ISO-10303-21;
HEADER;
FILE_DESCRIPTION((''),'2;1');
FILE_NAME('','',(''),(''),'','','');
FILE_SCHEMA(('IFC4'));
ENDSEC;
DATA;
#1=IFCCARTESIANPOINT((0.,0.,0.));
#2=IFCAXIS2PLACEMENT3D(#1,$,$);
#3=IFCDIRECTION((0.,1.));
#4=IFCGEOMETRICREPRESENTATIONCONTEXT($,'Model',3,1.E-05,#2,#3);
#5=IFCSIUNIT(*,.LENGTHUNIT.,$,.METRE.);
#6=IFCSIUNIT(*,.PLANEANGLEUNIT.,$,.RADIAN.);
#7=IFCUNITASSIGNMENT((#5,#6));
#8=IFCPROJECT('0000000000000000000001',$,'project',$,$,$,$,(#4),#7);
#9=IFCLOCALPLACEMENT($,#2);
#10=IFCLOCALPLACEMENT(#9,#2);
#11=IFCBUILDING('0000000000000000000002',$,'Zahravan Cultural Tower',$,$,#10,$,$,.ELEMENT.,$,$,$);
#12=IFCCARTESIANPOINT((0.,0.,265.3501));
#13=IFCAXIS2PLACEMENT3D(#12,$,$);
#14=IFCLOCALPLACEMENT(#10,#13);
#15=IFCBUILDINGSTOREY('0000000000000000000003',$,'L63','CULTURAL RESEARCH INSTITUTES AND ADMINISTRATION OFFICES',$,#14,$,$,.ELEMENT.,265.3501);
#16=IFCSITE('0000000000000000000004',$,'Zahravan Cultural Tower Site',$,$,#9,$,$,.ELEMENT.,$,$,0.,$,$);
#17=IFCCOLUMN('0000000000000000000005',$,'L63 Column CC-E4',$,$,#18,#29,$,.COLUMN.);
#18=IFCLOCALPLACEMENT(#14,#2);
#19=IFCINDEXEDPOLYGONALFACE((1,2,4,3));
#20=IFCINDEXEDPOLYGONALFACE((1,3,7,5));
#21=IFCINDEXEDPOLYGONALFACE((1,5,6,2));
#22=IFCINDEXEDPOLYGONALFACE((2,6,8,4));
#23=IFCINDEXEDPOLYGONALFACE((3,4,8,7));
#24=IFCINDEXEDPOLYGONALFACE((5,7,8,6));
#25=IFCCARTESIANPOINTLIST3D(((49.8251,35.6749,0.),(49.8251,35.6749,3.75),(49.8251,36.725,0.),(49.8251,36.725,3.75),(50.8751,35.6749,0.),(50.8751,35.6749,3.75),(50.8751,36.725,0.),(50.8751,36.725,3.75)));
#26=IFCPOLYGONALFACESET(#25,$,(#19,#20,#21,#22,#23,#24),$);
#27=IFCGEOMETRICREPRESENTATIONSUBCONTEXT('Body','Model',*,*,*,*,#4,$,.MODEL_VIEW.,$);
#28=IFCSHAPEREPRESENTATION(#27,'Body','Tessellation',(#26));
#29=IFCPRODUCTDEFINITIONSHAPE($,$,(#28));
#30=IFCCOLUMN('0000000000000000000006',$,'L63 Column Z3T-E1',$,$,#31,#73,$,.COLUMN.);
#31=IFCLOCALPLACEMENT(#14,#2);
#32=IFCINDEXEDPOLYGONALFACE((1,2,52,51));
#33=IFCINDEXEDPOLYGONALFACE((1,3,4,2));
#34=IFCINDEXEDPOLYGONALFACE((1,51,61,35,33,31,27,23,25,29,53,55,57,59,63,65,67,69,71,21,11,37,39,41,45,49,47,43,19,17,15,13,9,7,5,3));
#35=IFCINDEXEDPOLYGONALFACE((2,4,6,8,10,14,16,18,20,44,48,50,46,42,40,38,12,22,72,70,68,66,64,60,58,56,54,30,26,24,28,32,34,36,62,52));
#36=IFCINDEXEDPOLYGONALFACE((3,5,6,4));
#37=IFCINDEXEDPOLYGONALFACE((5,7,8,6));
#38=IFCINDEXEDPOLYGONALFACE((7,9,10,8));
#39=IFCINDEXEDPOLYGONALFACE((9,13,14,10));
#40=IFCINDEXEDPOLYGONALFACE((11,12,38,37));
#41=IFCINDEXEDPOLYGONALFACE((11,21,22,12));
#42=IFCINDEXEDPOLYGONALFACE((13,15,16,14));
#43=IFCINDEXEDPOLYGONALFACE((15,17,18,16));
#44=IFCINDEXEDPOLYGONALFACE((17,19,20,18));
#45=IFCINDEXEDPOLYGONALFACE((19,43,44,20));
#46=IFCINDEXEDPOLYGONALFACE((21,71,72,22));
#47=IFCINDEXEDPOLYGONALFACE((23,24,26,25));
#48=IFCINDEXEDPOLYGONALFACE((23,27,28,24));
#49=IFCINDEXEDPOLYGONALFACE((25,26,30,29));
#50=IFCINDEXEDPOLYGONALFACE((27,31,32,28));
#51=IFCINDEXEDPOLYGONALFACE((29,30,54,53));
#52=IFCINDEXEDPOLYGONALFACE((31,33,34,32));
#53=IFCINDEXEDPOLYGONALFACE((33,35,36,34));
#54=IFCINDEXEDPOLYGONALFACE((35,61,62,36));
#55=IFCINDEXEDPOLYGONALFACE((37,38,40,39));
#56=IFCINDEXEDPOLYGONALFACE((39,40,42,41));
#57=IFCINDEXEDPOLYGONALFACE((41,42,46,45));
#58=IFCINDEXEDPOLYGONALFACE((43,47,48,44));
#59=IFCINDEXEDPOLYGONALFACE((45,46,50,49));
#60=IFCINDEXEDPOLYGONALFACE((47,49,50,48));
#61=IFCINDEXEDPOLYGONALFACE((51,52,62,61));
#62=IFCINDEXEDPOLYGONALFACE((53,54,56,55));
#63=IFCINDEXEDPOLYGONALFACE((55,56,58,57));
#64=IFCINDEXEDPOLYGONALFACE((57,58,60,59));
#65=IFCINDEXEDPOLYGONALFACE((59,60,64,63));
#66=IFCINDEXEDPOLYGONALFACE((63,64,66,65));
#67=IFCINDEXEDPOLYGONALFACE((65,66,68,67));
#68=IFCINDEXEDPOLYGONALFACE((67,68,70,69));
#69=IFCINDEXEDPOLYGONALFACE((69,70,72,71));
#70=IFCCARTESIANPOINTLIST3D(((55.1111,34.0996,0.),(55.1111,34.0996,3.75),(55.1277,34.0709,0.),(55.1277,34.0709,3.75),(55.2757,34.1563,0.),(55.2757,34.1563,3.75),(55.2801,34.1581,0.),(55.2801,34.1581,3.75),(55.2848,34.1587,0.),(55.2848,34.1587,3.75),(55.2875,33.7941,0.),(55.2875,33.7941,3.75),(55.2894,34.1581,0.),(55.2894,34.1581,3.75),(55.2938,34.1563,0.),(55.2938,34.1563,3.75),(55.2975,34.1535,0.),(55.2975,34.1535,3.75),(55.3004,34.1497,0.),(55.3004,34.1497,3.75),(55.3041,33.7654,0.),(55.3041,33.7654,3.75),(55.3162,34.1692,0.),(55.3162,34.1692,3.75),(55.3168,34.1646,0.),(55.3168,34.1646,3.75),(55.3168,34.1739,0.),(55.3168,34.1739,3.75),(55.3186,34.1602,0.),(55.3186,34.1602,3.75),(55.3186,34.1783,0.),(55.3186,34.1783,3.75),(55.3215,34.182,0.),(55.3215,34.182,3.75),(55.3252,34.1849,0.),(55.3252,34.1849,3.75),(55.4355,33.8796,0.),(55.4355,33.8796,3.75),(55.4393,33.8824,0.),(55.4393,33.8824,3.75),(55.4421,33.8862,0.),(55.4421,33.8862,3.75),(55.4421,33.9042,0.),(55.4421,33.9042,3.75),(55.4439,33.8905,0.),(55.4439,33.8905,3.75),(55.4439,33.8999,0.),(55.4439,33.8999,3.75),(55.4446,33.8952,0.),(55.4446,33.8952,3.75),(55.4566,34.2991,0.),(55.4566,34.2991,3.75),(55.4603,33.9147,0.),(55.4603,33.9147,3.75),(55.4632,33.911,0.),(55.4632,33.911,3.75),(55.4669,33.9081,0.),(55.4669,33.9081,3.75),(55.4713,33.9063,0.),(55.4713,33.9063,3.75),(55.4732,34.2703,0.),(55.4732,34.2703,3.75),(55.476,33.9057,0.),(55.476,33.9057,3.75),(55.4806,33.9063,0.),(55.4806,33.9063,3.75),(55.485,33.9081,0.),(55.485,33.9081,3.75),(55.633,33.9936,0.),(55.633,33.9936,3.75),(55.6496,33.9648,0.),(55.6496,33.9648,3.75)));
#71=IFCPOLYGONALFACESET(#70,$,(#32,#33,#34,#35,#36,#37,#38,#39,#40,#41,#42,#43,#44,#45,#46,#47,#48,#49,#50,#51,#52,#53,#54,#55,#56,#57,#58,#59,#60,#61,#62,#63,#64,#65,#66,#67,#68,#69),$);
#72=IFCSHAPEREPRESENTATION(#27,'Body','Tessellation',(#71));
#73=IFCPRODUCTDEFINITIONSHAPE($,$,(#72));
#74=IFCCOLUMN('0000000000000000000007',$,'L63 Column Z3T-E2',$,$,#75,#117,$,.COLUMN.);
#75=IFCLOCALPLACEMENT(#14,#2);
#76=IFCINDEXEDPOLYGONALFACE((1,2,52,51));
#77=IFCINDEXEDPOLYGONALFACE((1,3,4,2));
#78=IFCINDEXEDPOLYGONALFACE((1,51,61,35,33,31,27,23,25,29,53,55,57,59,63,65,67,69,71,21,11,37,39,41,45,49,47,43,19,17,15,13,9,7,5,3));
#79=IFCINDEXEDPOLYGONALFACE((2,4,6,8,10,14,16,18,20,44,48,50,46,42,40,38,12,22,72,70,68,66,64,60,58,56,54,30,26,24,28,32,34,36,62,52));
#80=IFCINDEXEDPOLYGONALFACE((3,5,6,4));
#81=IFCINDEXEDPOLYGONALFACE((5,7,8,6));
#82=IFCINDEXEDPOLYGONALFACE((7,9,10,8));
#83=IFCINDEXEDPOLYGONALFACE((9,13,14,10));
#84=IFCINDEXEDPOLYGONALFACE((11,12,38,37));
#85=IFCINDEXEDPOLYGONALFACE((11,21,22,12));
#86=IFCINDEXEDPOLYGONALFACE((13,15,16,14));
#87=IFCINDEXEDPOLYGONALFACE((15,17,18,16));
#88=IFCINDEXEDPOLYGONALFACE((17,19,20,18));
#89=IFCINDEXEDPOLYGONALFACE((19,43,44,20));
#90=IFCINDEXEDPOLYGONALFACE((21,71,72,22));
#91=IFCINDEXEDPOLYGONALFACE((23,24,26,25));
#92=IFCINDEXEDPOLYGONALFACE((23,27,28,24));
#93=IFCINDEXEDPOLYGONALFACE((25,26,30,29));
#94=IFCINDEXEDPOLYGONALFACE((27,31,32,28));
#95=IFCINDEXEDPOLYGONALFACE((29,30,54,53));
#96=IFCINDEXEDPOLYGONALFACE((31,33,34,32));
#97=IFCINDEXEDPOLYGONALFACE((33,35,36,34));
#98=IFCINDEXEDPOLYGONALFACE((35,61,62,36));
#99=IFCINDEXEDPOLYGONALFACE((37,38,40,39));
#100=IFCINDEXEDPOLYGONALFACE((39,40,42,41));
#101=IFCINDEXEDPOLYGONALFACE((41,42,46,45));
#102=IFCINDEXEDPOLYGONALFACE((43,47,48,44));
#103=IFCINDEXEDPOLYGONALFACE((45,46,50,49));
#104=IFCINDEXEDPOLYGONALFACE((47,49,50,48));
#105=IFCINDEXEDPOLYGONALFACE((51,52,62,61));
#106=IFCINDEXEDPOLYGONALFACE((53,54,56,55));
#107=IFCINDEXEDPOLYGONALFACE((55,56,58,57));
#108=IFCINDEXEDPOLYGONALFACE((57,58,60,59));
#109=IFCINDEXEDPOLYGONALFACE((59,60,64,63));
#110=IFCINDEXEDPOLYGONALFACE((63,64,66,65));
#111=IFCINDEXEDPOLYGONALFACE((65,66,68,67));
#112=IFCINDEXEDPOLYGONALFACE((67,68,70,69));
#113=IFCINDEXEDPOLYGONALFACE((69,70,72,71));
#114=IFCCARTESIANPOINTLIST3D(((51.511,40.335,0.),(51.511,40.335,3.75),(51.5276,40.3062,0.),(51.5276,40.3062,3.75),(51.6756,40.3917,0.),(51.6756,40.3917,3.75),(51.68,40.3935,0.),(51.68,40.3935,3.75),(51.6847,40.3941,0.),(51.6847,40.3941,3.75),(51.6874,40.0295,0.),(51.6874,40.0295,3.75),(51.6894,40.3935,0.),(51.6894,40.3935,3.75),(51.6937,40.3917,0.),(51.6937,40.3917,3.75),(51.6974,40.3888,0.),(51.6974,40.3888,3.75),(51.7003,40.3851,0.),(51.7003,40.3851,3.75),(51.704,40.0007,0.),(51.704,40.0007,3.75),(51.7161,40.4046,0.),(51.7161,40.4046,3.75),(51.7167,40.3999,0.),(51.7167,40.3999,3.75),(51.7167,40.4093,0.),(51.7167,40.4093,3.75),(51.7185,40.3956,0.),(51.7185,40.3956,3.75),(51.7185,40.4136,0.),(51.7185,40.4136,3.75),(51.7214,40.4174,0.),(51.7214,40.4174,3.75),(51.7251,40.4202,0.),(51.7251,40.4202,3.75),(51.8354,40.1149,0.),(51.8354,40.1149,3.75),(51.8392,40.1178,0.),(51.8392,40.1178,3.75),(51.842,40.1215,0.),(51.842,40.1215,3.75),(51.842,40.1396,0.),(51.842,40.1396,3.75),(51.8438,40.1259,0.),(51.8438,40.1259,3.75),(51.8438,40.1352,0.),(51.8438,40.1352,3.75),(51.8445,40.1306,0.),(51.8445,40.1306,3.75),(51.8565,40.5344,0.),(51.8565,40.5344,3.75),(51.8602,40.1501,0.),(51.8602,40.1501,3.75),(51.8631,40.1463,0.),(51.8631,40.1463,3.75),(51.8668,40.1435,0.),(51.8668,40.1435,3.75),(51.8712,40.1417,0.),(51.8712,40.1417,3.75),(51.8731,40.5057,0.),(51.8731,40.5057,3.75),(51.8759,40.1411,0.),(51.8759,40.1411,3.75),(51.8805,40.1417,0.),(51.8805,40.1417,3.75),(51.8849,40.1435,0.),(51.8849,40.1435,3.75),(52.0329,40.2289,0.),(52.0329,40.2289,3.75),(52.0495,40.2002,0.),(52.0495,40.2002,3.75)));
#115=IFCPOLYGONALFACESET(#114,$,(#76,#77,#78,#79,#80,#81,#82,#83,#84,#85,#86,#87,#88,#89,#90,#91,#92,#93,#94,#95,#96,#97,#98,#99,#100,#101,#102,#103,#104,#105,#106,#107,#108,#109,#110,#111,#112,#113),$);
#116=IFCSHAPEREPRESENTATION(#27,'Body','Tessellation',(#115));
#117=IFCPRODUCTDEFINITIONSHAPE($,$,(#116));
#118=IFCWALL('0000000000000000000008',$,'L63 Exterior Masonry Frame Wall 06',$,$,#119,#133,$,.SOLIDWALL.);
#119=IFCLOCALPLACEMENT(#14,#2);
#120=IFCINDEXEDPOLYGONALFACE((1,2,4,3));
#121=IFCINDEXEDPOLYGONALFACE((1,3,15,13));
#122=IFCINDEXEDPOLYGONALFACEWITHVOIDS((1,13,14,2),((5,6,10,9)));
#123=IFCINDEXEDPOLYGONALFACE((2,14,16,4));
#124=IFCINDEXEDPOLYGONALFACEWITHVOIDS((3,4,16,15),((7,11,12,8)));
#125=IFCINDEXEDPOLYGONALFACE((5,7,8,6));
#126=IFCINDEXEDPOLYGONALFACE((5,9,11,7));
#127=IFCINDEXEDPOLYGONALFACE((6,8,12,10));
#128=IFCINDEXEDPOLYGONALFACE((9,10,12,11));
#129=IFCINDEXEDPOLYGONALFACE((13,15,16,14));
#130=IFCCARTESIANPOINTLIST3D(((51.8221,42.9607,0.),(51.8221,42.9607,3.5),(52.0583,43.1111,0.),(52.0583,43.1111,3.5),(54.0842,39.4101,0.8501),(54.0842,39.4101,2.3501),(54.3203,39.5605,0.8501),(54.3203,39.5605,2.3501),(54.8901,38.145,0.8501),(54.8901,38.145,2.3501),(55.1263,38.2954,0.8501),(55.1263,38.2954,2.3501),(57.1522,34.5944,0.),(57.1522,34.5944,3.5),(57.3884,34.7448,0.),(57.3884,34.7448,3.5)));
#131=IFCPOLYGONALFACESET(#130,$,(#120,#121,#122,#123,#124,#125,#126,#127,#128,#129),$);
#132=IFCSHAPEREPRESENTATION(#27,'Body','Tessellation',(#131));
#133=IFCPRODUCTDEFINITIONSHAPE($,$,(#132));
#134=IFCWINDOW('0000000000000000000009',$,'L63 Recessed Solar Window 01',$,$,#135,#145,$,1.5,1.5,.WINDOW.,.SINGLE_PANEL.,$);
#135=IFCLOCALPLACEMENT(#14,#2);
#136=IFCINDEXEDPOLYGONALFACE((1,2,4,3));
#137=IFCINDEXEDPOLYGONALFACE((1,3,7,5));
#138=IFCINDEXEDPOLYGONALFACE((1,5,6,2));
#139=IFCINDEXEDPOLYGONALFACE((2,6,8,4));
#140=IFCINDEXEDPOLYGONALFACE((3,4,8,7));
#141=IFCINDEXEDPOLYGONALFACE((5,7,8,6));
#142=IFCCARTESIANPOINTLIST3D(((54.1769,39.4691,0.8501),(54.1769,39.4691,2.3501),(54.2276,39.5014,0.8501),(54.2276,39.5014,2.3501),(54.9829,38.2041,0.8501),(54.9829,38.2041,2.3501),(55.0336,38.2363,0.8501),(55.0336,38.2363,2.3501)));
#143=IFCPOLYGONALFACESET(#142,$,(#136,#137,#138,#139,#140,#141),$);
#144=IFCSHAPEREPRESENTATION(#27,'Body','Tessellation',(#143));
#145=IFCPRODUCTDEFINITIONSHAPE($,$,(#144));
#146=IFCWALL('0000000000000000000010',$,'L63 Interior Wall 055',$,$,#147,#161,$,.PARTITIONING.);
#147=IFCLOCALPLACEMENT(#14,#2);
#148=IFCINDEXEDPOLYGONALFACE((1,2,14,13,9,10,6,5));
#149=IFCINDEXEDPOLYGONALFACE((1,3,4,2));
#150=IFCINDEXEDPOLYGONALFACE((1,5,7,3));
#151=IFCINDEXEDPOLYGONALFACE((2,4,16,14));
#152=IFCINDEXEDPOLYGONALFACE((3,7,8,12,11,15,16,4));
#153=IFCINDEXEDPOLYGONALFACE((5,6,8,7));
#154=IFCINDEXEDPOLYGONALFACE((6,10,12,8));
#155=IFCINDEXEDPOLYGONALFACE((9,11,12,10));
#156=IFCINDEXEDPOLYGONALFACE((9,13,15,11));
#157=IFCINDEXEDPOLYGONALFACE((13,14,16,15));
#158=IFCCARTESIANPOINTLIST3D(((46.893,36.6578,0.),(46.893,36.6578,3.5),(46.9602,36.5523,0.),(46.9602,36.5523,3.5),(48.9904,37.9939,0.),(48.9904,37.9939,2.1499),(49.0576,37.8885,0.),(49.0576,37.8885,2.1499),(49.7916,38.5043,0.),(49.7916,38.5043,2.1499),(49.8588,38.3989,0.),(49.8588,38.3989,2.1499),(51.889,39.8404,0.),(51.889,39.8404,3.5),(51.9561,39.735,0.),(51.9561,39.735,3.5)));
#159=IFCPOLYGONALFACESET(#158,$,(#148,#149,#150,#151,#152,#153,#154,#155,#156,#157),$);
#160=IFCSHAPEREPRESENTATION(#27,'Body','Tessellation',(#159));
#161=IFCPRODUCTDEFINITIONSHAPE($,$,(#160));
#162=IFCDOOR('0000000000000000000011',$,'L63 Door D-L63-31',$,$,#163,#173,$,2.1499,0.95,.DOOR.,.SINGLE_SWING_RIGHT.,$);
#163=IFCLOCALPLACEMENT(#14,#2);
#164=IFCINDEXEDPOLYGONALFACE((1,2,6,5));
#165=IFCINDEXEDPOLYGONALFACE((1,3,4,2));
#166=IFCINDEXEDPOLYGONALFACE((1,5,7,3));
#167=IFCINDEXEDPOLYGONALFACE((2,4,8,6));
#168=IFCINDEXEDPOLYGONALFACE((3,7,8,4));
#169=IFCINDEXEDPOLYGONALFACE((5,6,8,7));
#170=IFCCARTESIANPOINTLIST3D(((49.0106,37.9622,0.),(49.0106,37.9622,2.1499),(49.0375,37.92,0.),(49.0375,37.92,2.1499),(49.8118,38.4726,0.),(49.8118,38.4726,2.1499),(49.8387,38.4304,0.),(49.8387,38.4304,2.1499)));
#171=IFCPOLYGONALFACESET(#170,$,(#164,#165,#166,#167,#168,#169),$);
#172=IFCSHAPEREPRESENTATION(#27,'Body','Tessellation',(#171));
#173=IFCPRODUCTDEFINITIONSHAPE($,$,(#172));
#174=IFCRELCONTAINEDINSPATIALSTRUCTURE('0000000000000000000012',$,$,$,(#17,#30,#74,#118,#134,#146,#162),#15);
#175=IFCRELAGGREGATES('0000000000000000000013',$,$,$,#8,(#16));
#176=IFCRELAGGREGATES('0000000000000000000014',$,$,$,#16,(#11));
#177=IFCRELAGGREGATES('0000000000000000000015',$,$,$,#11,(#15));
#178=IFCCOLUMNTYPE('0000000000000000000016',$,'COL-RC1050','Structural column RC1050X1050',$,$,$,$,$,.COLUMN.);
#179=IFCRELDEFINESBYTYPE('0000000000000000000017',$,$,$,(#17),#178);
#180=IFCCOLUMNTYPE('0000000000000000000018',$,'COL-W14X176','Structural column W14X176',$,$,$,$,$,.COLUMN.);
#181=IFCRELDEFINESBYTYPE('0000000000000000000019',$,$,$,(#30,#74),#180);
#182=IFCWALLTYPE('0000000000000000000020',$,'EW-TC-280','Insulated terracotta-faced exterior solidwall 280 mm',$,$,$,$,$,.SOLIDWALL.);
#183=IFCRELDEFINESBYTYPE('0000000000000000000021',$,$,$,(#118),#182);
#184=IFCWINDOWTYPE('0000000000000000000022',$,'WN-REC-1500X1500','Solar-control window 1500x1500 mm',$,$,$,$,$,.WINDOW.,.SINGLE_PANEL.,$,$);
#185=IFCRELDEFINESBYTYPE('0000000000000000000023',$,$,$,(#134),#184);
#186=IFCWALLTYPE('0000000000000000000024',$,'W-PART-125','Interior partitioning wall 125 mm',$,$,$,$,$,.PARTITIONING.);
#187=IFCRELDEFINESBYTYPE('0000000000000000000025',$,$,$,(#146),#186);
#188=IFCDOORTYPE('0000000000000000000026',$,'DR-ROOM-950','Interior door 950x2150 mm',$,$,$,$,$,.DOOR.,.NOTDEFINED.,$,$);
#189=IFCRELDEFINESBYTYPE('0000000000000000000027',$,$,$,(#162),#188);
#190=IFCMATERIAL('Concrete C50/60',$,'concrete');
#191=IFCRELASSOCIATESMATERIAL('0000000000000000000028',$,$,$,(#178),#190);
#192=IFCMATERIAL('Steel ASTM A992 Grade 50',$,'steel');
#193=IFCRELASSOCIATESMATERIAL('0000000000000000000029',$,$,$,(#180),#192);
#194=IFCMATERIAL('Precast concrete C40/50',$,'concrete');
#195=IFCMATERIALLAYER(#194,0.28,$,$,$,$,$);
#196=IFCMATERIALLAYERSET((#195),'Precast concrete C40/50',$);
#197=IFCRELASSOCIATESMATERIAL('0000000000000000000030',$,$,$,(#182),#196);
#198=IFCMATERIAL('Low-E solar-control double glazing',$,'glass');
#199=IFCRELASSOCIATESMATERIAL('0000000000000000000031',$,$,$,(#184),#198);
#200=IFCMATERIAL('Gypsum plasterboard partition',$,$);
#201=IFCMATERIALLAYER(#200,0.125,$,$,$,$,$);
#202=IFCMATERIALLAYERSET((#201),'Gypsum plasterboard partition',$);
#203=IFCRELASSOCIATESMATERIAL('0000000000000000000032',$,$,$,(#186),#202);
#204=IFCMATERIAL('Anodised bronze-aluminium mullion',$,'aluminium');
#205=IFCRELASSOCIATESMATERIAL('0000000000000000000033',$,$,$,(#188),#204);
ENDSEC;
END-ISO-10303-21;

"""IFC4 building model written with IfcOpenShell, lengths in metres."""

from ifc_helpers import new_model, si_unit, direction, frame, frame_2d, origin, origin_2d, place, context, subcontext, project, spatial, rectangle, i_section, extrude, source, transform, mapped, material, layer, layer_set, material_profile, profile_set, type_object, element, fill, save


model = new_model("IFC4")

# Units and contexts
model_context = context("Model", 3, precision=1e-05, world=origin(), true_north=direction((0.0, 1.0)))
body_context = subcontext(model_context, "Body", "Model", "MODEL_VIEW")
ifc_project = project(units=[si_unit("LENGTHUNIT", "METRE"), si_unit("PLANEANGLEUNIT", "RADIAN")], contexts=[model_context])

# Site, building, storey
site_placement = place(None, origin())
site = spatial("IfcSite", under=ifc_project, at=site_placement, Name="Zahravan Cultural Tower Site", CompositionType="ELEMENT", RefElevation=0.0)
building_placement = place(site_placement, origin())
building = spatial("IfcBuilding", under=site, at=building_placement, Name="Zahravan Cultural Tower", CompositionType="ELEMENT")
storey_placement = place(building_placement, frame((0.0, 0.0, 265.3501)))
storey = spatial("IfcBuildingStorey", under=building, at=storey_placement, Name="L63", Description="CULTURAL RESEARCH INSTITUTES AND ADMINISTRATION OFFICES", CompositionType="ELEMENT", Elevation=265.3501)

# Columns
ifc_material_1 = material(Name="Concrete C50/60", Category="concrete")
ifc_material_profile_1 = material_profile(ifc_material_1, rectangle(XDim=1.05, YDim=1.05, at=origin_2d()), Name="RC1050X1050")
ifc_profile_set_1 = profile_set([ifc_material_profile_1], Name="Concrete C50/60")
column_type_1 = type_object("IfcColumnType", Name="COL-RC1050", Description="Structural column RC1050X1050", PredefinedType="COLUMN", material=ifc_profile_set_1)
shared_shape_1 = source(origin(), body_context, "Body", "SweptSolid", [
    extrude(rectangle(XDim=1.05, YDim=1.05, at=origin_2d()), origin(), (0.0, 0.0, 1.0), 3.75),
])
column_placement = place(storey_placement, frame((50.3501, 36.2, 0.0), z_axis=(0.0, 0.0, 1.0), x_axis=(1.0, 0.0, 0.0)))
element("IfcColumn", 1, at=column_placement, inside=storey, type_object=column_type_1, Name="L63 Column CC-E4", PredefinedType="COLUMN", context=body_context, shape_type="MappedRepresentation", body=[
    mapped(shared_shape_1, transform((0.0, 0.0, 0.0), x_axis=(1.0, 0.0, 0.0), y_axis=(0.0, 1.0, 0.0), z_axis=(0.0, 0.0, 1.0), scale=1.0)),
])
ifc_material_2 = material(Name="Steel ASTM A992 Grade 50", Category="steel")
ifc_material_profile_2 = material_profile(ifc_material_2, i_section(OverallWidth=0.3989, OverallDepth=0.386, WebThickness=0.021, FlangeThickness=0.0332, FilletRadius=0.0181, at=origin_2d()), Name="W14X176")
ifc_profile_set_2 = profile_set([ifc_material_profile_2], Name="Steel ASTM A992 Grade 50")
column_type_2 = type_object("IfcColumnType", Name="COL-W14X176", Description="Structural column W14X176", PredefinedType="COLUMN", material=ifc_profile_set_2)
shared_shape_2 = source(origin(), body_context, "Body", "SweptSolid", [
    extrude(i_section(OverallWidth=0.3989, OverallDepth=0.386, WebThickness=0.021, FlangeThickness=0.0332, FilletRadius=0.0181, at=origin_2d()), origin(), (0.0, 0.0, 1.0), 3.75),
])
for number, where, z_axis, x_axis, name in (
    (2, (55.3804, 34.0322, 0.0), (0.0, 0.0, 1.0), (0.866025, 0.5, 0.0), "L63 Column Z3T-E1"),
    (3, (51.7803, 40.2676, 0.0), (0.0, 0.0, 1.0), (0.866025, 0.5, 0.0), "L63 Column Z3T-E2"),
):
    element("IfcColumn", number, at=place(storey_placement, frame(where, z_axis=z_axis, x_axis=x_axis)), inside=storey, type_object=column_type_2, Name=name, PredefinedType="COLUMN", context=body_context, shape_type="MappedRepresentation", body=[
        mapped(shared_shape_2, transform((0.0, 0.0, 0.0), x_axis=(1.0, 0.0, 0.0), y_axis=(0.0, 1.0, 0.0), z_axis=(0.0, 0.0, 1.0), scale=1.0)),
    ])

# Wall, opening, window
ifc_material_3 = material(Name="Precast concrete C40/50", Category="concrete")
ifc_layer_1 = layer(ifc_material_3, 0.28)
ifc_layer_set_1 = layer_set([ifc_layer_1], Name="Precast concrete C40/50")
wall_type_1 = type_object("IfcWallType", Name="EW-TC-280", Description="Insulated terracotta-faced exterior solidwall 280 mm", PredefinedType="SOLIDWALL", material=ifc_layer_set_1)
wall_1_placement = place(storey_placement, frame((51.9402, 43.0359, 0.0), z_axis=(0.0, 0.0, 1.0), x_axis=(0.537315, -0.843382, 0.0)))
wall_1 = element("IfcWall", 4, at=wall_1_placement, inside=storey, type_object=wall_type_1, Name="L63 Exterior Masonry Frame Wall 06", PredefinedType="SOLIDWALL", context=body_context, shape_type="SweptSolid", body=[
    extrude(rectangle(XDim=9.9199, YDim=0.28, at=frame_2d((4.96, 0.0))), origin(), (0.0, 0.0, 1.0), 3.5),
])
opening_1_placement = place(wall_1_placement, frame((4.21, 0.0, 0.8501)))
opening_1 = element("IfcOpeningElement", 5, at=opening_1_placement, cuts=wall_1, PredefinedType="OPENING", context=body_context, shape_type="SweptSolid", body=[
    extrude(rectangle(XDim=1.5, YDim=1.5, at=frame_2d((0.75, 0.75))), frame((0.0, 0.1499, 0.0), z_axis=(0.0, -1.0, 0.0), x_axis=(1.0, 0.0, 0.0)), (0.0, 0.0, 1.0), 0.3),
])
ifc_material_4 = material(Name="Low-E solar-control double glazing", Category="glass")
window_type = type_object("IfcWindowType", Name="WN-REC-1500X1500", Description="Solar-control window 1500x1500 mm", PartitioningType="SINGLE_PANEL", PredefinedType="WINDOW", material=ifc_material_4)
shared_shape_3 = source(origin(), body_context, "Body", "SweptSolid", [
    extrude(rectangle(XDim=1.5, YDim=1.5, at=frame_2d((0.75, 0.75))), frame((0.0, 0.03, 0.0), z_axis=(0.0, -1.0, 0.0), x_axis=(1.0, 0.0, 0.0)), (0.0, 0.0, 1.0), 0.0601),
])
window_placement = place(opening_1_placement, origin())
window = element("IfcWindow", 6, at=window_placement, inside=storey, type_object=window_type, Name="L63 Recessed Solar Window 01", OverallHeight=1.5, OverallWidth=1.5, PartitioningType="SINGLE_PANEL", PredefinedType="WINDOW", context=body_context, shape_type="MappedRepresentation", body=[
    mapped(shared_shape_3, transform((0.0, 0.0, 0.0), x_axis=(1.0, 0.0, 0.0), y_axis=(0.0, 1.0, 0.0), z_axis=(0.0, 0.0, 1.0), scale=1.0)),
])
fill(opening_1, window)

# Wall, opening, door
ifc_material_5 = material(Name="Gypsum plasterboard partition")
ifc_layer_2 = layer(ifc_material_5, 0.125)
ifc_layer_set_2 = layer_set([ifc_layer_2], Name="Gypsum plasterboard partition")
wall_type_2 = type_object("IfcWallType", Name="W-PART-125", Description="Interior partitioning wall 125 mm", PredefinedType="PARTITIONING", material=ifc_layer_set_2)
wall_2_placement = place(storey_placement, frame((46.9265, 36.605, 0.0), z_axis=(0.0, 0.0, 1.0), x_axis=(0.843398, 0.537289, 0.0)))
wall_2 = element("IfcWall", 7, at=wall_2_placement, inside=storey, type_object=wall_type_2, Name="L63 Interior Wall 055", PredefinedType="PARTITIONING", context=body_context, shape_type="SweptSolid", body=[
    extrude(rectangle(XDim=5.9236, YDim=0.125, at=frame_2d((2.9619, 0.0))), origin(), (0.0, 0.0, 1.0), 3.5),
])
opening_2_placement = place(wall_2_placement, frame((2.4868, 0.0, 0.0)))
opening_2 = element("IfcOpeningElement", 8, at=opening_2_placement, cuts=wall_2, PredefinedType="OPENING", context=body_context, shape_type="SweptSolid", body=[
    extrude(rectangle(XDim=0.95, YDim=2.1499, at=frame_2d((0.4751, 1.075))), frame((0.0, 0.0725, 0.0), z_axis=(0.0, -1.0, 0.0), x_axis=(1.0, 0.0, 0.0)), (0.0, 0.0, 1.0), 0.145),
])
ifc_material_6 = material(Name="Anodised bronze-aluminium mullion", Category="aluminium")
door_type = type_object("IfcDoorType", Name="DR-ROOM-950", Description="Interior door 950x2150 mm", OperationType="NOTDEFINED", PredefinedType="DOOR", material=ifc_material_6)
shared_shape_4 = source(origin(), body_context, "Body", "SweptSolid", [
    extrude(rectangle(XDim=0.95, YDim=2.1499, at=frame_2d((0.4751, 1.075))), frame((0.0, 0.0249, 0.0), z_axis=(0.0, -1.0, 0.0), x_axis=(1.0, 0.0, 0.0)), (0.0, 0.0, 1.0), 0.05),
])
door_placement = place(opening_2_placement, origin())
door = element("IfcDoor", 9, at=door_placement, inside=storey, type_object=door_type, Name="L63 Door D-L63-31", OperationType="SINGLE_SWING_RIGHT", OverallHeight=2.1499, OverallWidth=0.95, PredefinedType="DOOR", context=body_context, shape_type="MappedRepresentation", body=[
    mapped(shared_shape_4, transform((0.0, 0.0, 0.0), x_axis=(1.0, 0.0, 0.0), y_axis=(0.0, 1.0, 0.0), z_axis=(0.0, 0.0, 1.0), scale=1.0)),
])
fill(opening_2, door)

save(model, "model.ifc")
